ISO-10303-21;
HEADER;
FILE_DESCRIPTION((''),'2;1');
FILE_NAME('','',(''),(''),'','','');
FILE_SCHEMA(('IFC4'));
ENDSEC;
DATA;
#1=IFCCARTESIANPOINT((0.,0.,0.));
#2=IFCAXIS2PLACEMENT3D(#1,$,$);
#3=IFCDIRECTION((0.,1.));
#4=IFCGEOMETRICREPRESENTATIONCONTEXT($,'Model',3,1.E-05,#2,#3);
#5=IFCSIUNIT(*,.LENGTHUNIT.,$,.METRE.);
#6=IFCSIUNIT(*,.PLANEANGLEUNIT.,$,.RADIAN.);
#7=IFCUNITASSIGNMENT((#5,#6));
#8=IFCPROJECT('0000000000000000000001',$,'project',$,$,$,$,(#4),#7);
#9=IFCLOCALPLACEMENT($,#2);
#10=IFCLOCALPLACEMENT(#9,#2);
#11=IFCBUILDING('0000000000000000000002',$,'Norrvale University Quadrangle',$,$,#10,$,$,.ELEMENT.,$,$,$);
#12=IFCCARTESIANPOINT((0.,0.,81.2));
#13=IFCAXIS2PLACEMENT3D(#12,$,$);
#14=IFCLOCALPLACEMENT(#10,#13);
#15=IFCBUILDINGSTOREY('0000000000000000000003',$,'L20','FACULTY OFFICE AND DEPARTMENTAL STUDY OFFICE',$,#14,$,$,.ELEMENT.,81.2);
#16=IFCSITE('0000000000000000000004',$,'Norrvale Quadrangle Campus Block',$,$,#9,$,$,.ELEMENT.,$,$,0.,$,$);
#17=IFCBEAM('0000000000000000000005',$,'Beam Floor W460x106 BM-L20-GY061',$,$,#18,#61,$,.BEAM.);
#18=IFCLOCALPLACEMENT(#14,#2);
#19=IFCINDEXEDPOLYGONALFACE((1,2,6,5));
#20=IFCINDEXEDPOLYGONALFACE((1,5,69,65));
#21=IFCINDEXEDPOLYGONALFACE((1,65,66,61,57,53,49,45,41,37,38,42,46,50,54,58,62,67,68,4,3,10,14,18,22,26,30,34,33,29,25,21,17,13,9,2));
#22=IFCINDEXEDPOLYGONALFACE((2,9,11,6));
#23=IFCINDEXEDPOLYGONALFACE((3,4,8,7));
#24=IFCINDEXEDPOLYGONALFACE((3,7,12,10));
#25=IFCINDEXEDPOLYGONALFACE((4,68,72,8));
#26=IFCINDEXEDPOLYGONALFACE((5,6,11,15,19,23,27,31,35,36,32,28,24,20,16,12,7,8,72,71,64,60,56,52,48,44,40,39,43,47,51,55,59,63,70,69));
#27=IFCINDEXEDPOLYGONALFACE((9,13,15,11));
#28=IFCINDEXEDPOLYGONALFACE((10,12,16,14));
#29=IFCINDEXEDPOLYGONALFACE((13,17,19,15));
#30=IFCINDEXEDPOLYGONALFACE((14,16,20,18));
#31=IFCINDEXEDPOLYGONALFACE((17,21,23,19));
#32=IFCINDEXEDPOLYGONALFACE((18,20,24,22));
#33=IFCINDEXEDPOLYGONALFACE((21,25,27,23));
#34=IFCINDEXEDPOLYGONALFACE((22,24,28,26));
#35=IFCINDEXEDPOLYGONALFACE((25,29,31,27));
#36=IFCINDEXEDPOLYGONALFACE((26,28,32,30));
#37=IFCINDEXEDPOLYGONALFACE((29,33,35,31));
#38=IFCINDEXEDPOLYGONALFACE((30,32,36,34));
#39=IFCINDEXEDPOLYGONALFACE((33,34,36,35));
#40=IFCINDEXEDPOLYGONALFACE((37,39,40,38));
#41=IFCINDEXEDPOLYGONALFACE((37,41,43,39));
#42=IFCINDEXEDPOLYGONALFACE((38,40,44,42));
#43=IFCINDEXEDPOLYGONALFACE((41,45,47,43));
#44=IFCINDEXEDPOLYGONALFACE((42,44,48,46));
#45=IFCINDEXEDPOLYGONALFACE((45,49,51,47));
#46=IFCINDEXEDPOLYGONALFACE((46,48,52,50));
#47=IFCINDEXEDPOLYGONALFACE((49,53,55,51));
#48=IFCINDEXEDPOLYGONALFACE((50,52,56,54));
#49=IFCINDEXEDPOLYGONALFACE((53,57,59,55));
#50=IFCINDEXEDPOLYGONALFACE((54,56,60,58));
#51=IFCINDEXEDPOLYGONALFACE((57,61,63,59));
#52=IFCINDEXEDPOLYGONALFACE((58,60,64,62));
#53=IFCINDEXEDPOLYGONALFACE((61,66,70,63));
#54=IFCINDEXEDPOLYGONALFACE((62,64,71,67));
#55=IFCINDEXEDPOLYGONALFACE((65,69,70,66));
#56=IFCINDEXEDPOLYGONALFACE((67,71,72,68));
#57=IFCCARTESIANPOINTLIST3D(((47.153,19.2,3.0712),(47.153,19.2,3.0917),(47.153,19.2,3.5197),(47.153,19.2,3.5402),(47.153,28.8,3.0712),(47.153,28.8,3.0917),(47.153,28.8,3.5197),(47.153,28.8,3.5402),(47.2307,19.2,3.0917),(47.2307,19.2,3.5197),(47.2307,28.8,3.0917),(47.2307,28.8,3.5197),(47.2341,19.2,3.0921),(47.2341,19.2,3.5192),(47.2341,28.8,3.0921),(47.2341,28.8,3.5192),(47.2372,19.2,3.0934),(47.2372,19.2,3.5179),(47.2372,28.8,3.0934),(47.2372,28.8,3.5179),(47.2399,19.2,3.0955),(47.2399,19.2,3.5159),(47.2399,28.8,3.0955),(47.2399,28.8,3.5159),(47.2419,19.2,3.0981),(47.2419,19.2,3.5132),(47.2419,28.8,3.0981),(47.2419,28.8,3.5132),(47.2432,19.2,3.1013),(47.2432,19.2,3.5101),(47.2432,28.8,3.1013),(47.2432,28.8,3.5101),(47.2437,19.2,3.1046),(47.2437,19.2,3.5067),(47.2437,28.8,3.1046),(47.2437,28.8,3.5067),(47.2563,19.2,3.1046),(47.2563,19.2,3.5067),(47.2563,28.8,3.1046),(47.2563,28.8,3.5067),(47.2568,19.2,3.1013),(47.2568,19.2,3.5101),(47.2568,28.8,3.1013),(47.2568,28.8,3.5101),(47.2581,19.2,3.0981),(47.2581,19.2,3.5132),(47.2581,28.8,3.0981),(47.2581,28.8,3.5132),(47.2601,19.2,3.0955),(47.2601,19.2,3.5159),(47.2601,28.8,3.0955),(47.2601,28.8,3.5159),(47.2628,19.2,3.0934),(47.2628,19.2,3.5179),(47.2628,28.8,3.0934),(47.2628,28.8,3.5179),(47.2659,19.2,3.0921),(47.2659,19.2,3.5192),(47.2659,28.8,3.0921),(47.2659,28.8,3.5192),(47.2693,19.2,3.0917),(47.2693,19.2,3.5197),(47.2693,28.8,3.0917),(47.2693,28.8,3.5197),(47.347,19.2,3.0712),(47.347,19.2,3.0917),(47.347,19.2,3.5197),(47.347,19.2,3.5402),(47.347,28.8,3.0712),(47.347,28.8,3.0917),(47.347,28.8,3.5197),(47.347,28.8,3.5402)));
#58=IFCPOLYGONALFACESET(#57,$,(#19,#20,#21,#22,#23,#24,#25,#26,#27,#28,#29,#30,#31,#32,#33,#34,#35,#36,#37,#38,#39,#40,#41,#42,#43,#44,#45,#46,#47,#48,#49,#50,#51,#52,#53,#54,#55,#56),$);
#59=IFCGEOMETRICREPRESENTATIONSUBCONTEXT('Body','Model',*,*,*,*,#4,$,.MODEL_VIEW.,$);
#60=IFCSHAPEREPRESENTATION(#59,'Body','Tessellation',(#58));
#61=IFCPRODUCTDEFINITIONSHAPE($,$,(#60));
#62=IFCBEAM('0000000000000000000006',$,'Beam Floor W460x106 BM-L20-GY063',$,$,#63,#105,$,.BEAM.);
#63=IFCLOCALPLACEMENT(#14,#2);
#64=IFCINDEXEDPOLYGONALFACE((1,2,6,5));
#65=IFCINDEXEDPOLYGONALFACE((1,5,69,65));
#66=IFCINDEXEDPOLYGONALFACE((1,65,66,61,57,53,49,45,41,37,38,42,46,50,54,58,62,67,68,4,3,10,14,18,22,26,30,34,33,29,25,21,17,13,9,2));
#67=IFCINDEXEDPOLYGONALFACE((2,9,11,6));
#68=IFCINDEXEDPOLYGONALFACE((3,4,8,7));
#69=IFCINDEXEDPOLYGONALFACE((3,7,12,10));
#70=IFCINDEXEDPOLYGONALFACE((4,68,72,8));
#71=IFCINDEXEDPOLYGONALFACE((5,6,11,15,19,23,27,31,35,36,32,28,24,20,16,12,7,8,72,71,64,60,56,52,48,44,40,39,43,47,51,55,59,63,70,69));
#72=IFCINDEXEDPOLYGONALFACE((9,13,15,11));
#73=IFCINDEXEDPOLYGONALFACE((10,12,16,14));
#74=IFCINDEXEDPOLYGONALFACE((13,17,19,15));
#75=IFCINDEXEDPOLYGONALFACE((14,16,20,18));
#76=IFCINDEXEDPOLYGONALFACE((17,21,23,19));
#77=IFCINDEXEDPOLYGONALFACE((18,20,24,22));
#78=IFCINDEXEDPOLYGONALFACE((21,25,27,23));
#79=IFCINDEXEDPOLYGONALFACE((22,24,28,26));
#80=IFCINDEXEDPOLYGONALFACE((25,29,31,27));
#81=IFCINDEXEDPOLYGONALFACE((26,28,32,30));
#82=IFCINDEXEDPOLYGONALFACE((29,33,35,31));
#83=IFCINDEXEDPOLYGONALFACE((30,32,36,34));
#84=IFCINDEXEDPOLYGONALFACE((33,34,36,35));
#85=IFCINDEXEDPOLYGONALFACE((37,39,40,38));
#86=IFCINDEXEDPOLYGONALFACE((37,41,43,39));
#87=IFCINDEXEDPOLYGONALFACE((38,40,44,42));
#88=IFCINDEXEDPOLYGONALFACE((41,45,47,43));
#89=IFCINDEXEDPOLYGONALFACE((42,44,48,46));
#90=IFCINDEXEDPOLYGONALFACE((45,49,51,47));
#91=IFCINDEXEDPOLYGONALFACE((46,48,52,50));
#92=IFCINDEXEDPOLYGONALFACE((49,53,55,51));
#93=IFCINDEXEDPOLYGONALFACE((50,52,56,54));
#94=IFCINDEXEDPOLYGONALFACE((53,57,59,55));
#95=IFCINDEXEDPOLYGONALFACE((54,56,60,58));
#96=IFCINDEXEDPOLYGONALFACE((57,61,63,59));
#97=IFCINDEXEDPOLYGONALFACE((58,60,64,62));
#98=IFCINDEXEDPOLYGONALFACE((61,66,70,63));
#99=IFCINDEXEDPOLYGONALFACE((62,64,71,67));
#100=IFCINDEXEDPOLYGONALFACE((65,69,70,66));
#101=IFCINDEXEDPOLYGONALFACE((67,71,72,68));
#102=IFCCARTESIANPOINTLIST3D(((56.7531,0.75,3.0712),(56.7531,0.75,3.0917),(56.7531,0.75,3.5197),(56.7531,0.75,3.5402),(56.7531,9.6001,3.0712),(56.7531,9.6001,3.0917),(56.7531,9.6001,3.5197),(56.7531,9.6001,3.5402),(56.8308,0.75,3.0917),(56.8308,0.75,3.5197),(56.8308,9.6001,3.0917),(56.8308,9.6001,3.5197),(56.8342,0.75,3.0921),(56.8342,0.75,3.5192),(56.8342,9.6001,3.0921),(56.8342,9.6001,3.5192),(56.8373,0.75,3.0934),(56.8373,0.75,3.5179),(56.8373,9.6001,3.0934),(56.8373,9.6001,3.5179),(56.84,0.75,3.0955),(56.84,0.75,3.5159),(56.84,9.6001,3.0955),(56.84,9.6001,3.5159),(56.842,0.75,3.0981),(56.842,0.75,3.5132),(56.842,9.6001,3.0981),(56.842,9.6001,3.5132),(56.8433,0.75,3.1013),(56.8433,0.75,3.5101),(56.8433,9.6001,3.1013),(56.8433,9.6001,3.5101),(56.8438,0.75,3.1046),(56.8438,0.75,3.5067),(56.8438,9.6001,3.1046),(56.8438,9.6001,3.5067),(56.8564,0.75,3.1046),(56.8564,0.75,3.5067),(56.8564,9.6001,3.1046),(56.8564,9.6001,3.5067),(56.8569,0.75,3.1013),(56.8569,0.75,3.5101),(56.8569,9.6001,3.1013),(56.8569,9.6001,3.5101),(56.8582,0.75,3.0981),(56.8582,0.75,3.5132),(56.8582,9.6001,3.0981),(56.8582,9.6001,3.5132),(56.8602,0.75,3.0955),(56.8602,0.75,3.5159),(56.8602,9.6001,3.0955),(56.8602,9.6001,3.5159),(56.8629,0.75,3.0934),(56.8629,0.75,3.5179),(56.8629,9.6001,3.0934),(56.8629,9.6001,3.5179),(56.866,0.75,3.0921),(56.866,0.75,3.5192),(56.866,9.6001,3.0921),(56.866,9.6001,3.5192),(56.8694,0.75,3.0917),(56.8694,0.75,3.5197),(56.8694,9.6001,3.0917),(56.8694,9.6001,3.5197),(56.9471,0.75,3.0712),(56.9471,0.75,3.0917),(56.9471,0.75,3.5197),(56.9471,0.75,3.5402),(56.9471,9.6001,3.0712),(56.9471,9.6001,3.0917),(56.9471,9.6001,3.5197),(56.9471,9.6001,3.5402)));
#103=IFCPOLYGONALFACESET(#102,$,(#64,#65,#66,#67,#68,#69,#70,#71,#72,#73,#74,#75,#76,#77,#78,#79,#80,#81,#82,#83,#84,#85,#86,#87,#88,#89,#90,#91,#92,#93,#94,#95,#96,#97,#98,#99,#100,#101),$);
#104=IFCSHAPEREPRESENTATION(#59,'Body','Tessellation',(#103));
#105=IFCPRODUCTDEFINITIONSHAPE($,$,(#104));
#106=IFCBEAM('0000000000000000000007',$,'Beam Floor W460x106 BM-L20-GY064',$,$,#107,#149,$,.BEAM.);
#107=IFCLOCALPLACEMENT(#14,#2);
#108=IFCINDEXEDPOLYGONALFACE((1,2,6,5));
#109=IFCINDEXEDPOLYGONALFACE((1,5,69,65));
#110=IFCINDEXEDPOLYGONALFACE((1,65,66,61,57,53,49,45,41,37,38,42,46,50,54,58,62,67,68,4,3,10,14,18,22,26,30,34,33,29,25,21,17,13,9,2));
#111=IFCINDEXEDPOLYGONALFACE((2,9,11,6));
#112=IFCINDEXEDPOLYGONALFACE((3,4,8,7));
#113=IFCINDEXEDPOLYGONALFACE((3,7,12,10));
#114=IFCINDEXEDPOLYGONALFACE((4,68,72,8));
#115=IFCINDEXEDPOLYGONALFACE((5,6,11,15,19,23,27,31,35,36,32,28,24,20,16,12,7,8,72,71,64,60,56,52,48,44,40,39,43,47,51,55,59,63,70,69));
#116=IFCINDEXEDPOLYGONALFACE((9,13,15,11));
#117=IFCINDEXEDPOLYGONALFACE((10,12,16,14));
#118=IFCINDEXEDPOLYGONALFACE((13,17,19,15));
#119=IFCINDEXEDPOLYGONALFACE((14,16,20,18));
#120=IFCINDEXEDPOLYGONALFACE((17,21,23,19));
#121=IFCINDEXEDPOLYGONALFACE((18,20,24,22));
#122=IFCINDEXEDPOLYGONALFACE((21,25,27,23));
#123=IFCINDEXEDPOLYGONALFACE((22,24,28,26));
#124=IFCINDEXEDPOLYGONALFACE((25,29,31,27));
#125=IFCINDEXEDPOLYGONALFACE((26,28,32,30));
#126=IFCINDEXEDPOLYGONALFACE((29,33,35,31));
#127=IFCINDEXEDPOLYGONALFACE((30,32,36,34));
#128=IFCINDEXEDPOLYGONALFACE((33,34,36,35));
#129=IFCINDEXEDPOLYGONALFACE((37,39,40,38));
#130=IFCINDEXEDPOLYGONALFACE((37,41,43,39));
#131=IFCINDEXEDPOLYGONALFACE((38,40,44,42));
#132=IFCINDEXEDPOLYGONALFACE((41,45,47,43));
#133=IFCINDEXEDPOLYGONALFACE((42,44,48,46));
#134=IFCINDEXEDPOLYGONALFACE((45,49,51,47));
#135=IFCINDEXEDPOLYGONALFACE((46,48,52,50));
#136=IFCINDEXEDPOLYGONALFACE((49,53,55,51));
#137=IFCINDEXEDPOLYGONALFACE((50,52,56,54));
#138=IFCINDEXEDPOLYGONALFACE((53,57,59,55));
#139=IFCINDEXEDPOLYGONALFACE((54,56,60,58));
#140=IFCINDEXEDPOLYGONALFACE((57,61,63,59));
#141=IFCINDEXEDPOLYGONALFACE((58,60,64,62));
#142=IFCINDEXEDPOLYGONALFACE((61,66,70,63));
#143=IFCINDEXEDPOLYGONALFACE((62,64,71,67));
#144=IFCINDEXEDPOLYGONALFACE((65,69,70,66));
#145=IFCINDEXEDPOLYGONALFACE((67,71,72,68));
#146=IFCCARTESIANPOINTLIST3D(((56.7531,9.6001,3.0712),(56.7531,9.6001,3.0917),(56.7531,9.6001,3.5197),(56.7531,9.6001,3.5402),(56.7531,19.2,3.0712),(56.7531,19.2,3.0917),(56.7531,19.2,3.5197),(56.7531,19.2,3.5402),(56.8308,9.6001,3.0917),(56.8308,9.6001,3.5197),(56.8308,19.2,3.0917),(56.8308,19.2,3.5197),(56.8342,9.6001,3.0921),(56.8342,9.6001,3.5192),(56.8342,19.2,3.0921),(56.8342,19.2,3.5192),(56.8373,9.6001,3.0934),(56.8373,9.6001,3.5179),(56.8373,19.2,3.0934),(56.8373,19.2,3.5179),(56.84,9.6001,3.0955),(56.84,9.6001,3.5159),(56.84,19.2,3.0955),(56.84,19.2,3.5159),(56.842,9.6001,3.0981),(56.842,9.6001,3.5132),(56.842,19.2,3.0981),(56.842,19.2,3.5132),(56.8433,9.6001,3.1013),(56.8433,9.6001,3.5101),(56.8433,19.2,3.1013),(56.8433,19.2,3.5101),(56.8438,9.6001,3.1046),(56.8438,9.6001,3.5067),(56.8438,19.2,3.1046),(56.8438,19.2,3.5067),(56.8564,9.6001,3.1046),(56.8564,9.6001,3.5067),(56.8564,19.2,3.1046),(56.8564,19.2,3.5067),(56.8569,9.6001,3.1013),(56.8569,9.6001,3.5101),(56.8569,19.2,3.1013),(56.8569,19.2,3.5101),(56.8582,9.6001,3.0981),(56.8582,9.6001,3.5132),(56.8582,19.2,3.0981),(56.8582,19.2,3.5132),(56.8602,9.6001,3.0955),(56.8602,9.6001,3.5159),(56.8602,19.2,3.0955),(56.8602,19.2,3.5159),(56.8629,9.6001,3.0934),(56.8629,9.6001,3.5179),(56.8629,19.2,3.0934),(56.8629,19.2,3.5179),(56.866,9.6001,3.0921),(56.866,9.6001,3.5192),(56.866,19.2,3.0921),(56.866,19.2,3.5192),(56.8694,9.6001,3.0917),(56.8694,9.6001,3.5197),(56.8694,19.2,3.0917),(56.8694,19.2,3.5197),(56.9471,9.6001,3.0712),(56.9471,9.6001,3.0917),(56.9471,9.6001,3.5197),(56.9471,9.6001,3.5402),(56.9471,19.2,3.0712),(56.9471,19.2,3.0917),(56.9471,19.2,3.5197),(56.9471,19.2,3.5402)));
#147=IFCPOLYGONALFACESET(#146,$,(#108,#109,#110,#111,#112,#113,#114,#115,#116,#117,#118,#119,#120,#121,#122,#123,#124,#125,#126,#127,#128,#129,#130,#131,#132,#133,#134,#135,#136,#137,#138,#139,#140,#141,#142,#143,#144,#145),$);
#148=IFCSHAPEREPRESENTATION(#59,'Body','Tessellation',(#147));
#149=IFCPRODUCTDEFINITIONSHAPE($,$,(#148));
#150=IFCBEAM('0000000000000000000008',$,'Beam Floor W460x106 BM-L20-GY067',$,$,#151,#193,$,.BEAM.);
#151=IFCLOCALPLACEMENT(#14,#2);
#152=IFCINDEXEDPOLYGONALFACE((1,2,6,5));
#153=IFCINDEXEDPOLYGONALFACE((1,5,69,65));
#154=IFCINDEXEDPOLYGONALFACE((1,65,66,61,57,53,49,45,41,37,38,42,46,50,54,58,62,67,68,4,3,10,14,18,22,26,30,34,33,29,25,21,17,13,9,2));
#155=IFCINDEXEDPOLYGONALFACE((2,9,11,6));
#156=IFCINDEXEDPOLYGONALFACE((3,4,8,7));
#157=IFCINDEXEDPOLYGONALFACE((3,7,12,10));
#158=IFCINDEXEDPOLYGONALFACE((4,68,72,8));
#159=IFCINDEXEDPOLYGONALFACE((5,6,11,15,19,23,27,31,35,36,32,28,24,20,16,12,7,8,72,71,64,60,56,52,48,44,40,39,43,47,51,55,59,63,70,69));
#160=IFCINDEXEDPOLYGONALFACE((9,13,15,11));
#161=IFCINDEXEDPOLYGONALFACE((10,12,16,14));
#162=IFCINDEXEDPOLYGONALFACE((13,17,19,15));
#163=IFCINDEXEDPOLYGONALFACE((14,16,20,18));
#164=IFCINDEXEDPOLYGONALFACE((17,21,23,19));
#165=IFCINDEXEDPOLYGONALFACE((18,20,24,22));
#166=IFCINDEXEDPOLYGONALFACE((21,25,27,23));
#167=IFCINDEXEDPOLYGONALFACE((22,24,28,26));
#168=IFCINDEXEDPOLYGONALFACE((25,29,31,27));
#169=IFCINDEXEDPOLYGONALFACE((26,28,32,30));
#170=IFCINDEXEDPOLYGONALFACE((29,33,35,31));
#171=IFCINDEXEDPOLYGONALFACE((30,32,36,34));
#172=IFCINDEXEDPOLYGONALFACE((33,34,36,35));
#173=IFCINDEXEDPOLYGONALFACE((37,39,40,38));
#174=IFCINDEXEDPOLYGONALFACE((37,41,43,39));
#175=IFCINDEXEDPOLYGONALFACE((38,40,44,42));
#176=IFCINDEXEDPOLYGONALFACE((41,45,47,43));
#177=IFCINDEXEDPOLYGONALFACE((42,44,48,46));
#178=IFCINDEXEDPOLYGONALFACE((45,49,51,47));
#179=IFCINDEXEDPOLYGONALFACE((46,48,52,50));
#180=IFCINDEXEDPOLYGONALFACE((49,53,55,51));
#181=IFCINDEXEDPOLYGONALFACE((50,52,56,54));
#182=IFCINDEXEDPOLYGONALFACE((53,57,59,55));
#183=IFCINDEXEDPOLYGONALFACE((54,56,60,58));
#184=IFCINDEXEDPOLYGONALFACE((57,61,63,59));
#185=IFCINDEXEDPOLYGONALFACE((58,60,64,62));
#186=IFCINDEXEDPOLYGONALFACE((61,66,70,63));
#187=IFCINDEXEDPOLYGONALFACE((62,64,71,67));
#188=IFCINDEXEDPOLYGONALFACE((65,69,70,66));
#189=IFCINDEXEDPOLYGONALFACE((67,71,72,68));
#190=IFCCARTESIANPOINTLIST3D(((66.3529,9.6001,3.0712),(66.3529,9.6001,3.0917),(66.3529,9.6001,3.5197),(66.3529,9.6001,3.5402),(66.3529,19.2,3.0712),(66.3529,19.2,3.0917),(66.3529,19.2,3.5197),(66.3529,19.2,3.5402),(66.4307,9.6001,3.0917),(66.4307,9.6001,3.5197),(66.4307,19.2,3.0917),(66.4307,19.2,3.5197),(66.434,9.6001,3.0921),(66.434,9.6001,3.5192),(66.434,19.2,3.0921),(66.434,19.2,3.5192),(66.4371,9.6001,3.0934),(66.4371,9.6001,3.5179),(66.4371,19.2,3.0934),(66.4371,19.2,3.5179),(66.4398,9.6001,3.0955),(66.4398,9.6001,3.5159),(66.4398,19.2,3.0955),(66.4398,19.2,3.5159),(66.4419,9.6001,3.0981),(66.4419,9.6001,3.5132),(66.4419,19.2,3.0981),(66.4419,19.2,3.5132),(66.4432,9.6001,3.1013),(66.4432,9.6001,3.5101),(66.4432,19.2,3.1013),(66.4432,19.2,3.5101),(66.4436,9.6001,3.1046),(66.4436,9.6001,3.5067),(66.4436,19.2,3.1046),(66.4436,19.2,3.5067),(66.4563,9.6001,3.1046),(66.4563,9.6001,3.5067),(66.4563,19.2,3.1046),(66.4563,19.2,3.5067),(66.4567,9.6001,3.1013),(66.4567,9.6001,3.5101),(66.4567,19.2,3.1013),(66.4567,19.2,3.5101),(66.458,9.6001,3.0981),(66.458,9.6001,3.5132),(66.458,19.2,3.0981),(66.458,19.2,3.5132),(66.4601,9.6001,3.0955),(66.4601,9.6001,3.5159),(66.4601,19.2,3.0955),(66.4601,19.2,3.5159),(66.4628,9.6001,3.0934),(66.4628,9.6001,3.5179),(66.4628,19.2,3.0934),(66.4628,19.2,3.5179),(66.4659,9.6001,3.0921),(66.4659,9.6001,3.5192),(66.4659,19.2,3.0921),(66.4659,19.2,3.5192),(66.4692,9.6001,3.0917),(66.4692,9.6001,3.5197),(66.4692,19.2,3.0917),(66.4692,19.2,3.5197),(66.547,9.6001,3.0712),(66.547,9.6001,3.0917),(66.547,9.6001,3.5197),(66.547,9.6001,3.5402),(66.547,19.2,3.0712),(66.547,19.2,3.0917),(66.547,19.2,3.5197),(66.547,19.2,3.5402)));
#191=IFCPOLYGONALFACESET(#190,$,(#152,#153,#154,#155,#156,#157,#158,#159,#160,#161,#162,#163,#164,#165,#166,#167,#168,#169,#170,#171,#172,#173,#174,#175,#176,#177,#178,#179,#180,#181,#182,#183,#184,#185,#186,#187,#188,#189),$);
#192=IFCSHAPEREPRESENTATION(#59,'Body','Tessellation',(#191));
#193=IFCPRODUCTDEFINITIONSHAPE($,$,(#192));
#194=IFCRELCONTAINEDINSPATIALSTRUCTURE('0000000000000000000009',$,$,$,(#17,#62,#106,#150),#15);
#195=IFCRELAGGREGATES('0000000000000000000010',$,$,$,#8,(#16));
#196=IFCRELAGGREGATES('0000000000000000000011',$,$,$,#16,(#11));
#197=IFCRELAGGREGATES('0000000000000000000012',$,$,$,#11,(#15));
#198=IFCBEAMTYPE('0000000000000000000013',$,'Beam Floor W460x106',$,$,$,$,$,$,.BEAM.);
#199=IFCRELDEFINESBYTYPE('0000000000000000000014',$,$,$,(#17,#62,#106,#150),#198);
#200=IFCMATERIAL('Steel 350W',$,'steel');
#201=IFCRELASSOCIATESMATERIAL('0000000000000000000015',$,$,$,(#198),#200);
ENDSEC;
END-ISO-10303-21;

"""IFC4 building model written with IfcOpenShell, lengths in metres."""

from ifc_helpers import new_model, si_unit, direction, frame, origin, origin_2d, place, context, subcontext, project, spatial, i_section, extrude, material, material_profile, profile_set, type_object, element, save


model = new_model("IFC4")

# Units and contexts
model_context = context("Model", 3, precision=1e-05, world=origin(), true_north=direction((0.0, 1.0)))
body_context = subcontext(model_context, "Body", "Model", "MODEL_VIEW")
ifc_project = project(units=[si_unit("LENGTHUNIT", "METRE"), si_unit("PLANEANGLEUNIT", "RADIAN")], contexts=[model_context])

# Site, building, storey
site_placement = place(None, origin())
site = spatial("IfcSite", under=ifc_project, at=site_placement, Name="Norrvale Quadrangle Campus Block", CompositionType="ELEMENT", RefElevation=0.0)
building_placement = place(site_placement, origin())
building = spatial("IfcBuilding", under=site, at=building_placement, Name="Norrvale University Quadrangle", CompositionType="ELEMENT")
storey_placement = place(building_placement, frame((0.0, 0.0, 81.2)))
storey = spatial("IfcBuildingStorey", under=building, at=storey_placement, Name="L20", Description="FACULTY OFFICE AND DEPARTMENTAL STUDY OFFICE", CompositionType="ELEMENT", Elevation=81.2)

# Beams
ifc_material_1 = material(Name="Steel 350W", Category="steel")
ifc_material_profile_1 = material_profile(ifc_material_1, i_section(OverallWidth=0.1941, OverallDepth=0.469, WebThickness=0.0127, FlangeThickness=0.0205, FilletRadius=0.0129, at=origin_2d()), Name="Steel 350W")
ifc_profile_set_1 = profile_set([ifc_material_profile_1], Name="Steel 350W")
beam_type_1 = type_object("IfcBeamType", Name="Beam Floor W460x106", PredefinedType="BEAM", material=ifc_profile_set_1)
beam_1_placement = place(storey_placement, frame((47.25, 19.2, 3.3057), z_axis=(0.0, 1.0, 0.0), x_axis=(-1.0, 0.0, 0.0)))
element("IfcBeam", 1, at=beam_1_placement, inside=storey, type_object=beam_type_1, Name="Beam Floor W460x106 BM-L20-GY061", PredefinedType="BEAM", context=body_context, shape_type="SweptSolid", body=[
    extrude(i_section(OverallWidth=0.1941, OverallDepth=0.469, WebThickness=0.0127, FlangeThickness=0.0205, FilletRadius=0.0129, at=origin_2d()), origin(), (0.0, 0.0, 1.0), 9.6001),
])
beam_2_placement = place(storey_placement, frame((56.8501, 0.75, 3.3057), z_axis=(0.0, 1.0, 0.0), x_axis=(-1.0, 0.0, 0.0)))
element("IfcBeam", 2, at=beam_2_placement, inside=storey, type_object=beam_type_1, Name="Beam Floor W460x106 BM-L20-GY063", PredefinedType="BEAM", context=body_context, shape_type="SweptSolid", body=[
    extrude(i_section(OverallWidth=0.1941, OverallDepth=0.469, WebThickness=0.0127, FlangeThickness=0.0205, FilletRadius=0.0129, at=origin_2d()), origin(), (0.0, 0.0, 1.0), 8.8501),
])
for number, where, z_axis, x_axis, name in (
    (3, (56.8501, 9.6001, 3.3057), (0.0, 1.0, 0.0), (-1.0, 0.0, 0.0), "Beam Floor W460x106 BM-L20-GY064"),
    (4, (66.45, 9.6001, 3.3057), (0.0, 1.0, 0.0), (-1.0, 0.0, 0.0), "Beam Floor W460x106 BM-L20-GY067"),
):
    element("IfcBeam", number, at=place(storey_placement, frame(where, z_axis=z_axis, x_axis=x_axis)), inside=storey, type_object=beam_type_1, Name=name, PredefinedType="BEAM", context=body_context, shape_type="SweptSolid", body=[
        extrude(i_section(OverallWidth=0.1941, OverallDepth=0.469, WebThickness=0.0127, FlangeThickness=0.0205, FilletRadius=0.0129, at=origin_2d()), origin(), (0.0, 0.0, 1.0), 9.5999),
    ])

save(model, "model.ifc")
